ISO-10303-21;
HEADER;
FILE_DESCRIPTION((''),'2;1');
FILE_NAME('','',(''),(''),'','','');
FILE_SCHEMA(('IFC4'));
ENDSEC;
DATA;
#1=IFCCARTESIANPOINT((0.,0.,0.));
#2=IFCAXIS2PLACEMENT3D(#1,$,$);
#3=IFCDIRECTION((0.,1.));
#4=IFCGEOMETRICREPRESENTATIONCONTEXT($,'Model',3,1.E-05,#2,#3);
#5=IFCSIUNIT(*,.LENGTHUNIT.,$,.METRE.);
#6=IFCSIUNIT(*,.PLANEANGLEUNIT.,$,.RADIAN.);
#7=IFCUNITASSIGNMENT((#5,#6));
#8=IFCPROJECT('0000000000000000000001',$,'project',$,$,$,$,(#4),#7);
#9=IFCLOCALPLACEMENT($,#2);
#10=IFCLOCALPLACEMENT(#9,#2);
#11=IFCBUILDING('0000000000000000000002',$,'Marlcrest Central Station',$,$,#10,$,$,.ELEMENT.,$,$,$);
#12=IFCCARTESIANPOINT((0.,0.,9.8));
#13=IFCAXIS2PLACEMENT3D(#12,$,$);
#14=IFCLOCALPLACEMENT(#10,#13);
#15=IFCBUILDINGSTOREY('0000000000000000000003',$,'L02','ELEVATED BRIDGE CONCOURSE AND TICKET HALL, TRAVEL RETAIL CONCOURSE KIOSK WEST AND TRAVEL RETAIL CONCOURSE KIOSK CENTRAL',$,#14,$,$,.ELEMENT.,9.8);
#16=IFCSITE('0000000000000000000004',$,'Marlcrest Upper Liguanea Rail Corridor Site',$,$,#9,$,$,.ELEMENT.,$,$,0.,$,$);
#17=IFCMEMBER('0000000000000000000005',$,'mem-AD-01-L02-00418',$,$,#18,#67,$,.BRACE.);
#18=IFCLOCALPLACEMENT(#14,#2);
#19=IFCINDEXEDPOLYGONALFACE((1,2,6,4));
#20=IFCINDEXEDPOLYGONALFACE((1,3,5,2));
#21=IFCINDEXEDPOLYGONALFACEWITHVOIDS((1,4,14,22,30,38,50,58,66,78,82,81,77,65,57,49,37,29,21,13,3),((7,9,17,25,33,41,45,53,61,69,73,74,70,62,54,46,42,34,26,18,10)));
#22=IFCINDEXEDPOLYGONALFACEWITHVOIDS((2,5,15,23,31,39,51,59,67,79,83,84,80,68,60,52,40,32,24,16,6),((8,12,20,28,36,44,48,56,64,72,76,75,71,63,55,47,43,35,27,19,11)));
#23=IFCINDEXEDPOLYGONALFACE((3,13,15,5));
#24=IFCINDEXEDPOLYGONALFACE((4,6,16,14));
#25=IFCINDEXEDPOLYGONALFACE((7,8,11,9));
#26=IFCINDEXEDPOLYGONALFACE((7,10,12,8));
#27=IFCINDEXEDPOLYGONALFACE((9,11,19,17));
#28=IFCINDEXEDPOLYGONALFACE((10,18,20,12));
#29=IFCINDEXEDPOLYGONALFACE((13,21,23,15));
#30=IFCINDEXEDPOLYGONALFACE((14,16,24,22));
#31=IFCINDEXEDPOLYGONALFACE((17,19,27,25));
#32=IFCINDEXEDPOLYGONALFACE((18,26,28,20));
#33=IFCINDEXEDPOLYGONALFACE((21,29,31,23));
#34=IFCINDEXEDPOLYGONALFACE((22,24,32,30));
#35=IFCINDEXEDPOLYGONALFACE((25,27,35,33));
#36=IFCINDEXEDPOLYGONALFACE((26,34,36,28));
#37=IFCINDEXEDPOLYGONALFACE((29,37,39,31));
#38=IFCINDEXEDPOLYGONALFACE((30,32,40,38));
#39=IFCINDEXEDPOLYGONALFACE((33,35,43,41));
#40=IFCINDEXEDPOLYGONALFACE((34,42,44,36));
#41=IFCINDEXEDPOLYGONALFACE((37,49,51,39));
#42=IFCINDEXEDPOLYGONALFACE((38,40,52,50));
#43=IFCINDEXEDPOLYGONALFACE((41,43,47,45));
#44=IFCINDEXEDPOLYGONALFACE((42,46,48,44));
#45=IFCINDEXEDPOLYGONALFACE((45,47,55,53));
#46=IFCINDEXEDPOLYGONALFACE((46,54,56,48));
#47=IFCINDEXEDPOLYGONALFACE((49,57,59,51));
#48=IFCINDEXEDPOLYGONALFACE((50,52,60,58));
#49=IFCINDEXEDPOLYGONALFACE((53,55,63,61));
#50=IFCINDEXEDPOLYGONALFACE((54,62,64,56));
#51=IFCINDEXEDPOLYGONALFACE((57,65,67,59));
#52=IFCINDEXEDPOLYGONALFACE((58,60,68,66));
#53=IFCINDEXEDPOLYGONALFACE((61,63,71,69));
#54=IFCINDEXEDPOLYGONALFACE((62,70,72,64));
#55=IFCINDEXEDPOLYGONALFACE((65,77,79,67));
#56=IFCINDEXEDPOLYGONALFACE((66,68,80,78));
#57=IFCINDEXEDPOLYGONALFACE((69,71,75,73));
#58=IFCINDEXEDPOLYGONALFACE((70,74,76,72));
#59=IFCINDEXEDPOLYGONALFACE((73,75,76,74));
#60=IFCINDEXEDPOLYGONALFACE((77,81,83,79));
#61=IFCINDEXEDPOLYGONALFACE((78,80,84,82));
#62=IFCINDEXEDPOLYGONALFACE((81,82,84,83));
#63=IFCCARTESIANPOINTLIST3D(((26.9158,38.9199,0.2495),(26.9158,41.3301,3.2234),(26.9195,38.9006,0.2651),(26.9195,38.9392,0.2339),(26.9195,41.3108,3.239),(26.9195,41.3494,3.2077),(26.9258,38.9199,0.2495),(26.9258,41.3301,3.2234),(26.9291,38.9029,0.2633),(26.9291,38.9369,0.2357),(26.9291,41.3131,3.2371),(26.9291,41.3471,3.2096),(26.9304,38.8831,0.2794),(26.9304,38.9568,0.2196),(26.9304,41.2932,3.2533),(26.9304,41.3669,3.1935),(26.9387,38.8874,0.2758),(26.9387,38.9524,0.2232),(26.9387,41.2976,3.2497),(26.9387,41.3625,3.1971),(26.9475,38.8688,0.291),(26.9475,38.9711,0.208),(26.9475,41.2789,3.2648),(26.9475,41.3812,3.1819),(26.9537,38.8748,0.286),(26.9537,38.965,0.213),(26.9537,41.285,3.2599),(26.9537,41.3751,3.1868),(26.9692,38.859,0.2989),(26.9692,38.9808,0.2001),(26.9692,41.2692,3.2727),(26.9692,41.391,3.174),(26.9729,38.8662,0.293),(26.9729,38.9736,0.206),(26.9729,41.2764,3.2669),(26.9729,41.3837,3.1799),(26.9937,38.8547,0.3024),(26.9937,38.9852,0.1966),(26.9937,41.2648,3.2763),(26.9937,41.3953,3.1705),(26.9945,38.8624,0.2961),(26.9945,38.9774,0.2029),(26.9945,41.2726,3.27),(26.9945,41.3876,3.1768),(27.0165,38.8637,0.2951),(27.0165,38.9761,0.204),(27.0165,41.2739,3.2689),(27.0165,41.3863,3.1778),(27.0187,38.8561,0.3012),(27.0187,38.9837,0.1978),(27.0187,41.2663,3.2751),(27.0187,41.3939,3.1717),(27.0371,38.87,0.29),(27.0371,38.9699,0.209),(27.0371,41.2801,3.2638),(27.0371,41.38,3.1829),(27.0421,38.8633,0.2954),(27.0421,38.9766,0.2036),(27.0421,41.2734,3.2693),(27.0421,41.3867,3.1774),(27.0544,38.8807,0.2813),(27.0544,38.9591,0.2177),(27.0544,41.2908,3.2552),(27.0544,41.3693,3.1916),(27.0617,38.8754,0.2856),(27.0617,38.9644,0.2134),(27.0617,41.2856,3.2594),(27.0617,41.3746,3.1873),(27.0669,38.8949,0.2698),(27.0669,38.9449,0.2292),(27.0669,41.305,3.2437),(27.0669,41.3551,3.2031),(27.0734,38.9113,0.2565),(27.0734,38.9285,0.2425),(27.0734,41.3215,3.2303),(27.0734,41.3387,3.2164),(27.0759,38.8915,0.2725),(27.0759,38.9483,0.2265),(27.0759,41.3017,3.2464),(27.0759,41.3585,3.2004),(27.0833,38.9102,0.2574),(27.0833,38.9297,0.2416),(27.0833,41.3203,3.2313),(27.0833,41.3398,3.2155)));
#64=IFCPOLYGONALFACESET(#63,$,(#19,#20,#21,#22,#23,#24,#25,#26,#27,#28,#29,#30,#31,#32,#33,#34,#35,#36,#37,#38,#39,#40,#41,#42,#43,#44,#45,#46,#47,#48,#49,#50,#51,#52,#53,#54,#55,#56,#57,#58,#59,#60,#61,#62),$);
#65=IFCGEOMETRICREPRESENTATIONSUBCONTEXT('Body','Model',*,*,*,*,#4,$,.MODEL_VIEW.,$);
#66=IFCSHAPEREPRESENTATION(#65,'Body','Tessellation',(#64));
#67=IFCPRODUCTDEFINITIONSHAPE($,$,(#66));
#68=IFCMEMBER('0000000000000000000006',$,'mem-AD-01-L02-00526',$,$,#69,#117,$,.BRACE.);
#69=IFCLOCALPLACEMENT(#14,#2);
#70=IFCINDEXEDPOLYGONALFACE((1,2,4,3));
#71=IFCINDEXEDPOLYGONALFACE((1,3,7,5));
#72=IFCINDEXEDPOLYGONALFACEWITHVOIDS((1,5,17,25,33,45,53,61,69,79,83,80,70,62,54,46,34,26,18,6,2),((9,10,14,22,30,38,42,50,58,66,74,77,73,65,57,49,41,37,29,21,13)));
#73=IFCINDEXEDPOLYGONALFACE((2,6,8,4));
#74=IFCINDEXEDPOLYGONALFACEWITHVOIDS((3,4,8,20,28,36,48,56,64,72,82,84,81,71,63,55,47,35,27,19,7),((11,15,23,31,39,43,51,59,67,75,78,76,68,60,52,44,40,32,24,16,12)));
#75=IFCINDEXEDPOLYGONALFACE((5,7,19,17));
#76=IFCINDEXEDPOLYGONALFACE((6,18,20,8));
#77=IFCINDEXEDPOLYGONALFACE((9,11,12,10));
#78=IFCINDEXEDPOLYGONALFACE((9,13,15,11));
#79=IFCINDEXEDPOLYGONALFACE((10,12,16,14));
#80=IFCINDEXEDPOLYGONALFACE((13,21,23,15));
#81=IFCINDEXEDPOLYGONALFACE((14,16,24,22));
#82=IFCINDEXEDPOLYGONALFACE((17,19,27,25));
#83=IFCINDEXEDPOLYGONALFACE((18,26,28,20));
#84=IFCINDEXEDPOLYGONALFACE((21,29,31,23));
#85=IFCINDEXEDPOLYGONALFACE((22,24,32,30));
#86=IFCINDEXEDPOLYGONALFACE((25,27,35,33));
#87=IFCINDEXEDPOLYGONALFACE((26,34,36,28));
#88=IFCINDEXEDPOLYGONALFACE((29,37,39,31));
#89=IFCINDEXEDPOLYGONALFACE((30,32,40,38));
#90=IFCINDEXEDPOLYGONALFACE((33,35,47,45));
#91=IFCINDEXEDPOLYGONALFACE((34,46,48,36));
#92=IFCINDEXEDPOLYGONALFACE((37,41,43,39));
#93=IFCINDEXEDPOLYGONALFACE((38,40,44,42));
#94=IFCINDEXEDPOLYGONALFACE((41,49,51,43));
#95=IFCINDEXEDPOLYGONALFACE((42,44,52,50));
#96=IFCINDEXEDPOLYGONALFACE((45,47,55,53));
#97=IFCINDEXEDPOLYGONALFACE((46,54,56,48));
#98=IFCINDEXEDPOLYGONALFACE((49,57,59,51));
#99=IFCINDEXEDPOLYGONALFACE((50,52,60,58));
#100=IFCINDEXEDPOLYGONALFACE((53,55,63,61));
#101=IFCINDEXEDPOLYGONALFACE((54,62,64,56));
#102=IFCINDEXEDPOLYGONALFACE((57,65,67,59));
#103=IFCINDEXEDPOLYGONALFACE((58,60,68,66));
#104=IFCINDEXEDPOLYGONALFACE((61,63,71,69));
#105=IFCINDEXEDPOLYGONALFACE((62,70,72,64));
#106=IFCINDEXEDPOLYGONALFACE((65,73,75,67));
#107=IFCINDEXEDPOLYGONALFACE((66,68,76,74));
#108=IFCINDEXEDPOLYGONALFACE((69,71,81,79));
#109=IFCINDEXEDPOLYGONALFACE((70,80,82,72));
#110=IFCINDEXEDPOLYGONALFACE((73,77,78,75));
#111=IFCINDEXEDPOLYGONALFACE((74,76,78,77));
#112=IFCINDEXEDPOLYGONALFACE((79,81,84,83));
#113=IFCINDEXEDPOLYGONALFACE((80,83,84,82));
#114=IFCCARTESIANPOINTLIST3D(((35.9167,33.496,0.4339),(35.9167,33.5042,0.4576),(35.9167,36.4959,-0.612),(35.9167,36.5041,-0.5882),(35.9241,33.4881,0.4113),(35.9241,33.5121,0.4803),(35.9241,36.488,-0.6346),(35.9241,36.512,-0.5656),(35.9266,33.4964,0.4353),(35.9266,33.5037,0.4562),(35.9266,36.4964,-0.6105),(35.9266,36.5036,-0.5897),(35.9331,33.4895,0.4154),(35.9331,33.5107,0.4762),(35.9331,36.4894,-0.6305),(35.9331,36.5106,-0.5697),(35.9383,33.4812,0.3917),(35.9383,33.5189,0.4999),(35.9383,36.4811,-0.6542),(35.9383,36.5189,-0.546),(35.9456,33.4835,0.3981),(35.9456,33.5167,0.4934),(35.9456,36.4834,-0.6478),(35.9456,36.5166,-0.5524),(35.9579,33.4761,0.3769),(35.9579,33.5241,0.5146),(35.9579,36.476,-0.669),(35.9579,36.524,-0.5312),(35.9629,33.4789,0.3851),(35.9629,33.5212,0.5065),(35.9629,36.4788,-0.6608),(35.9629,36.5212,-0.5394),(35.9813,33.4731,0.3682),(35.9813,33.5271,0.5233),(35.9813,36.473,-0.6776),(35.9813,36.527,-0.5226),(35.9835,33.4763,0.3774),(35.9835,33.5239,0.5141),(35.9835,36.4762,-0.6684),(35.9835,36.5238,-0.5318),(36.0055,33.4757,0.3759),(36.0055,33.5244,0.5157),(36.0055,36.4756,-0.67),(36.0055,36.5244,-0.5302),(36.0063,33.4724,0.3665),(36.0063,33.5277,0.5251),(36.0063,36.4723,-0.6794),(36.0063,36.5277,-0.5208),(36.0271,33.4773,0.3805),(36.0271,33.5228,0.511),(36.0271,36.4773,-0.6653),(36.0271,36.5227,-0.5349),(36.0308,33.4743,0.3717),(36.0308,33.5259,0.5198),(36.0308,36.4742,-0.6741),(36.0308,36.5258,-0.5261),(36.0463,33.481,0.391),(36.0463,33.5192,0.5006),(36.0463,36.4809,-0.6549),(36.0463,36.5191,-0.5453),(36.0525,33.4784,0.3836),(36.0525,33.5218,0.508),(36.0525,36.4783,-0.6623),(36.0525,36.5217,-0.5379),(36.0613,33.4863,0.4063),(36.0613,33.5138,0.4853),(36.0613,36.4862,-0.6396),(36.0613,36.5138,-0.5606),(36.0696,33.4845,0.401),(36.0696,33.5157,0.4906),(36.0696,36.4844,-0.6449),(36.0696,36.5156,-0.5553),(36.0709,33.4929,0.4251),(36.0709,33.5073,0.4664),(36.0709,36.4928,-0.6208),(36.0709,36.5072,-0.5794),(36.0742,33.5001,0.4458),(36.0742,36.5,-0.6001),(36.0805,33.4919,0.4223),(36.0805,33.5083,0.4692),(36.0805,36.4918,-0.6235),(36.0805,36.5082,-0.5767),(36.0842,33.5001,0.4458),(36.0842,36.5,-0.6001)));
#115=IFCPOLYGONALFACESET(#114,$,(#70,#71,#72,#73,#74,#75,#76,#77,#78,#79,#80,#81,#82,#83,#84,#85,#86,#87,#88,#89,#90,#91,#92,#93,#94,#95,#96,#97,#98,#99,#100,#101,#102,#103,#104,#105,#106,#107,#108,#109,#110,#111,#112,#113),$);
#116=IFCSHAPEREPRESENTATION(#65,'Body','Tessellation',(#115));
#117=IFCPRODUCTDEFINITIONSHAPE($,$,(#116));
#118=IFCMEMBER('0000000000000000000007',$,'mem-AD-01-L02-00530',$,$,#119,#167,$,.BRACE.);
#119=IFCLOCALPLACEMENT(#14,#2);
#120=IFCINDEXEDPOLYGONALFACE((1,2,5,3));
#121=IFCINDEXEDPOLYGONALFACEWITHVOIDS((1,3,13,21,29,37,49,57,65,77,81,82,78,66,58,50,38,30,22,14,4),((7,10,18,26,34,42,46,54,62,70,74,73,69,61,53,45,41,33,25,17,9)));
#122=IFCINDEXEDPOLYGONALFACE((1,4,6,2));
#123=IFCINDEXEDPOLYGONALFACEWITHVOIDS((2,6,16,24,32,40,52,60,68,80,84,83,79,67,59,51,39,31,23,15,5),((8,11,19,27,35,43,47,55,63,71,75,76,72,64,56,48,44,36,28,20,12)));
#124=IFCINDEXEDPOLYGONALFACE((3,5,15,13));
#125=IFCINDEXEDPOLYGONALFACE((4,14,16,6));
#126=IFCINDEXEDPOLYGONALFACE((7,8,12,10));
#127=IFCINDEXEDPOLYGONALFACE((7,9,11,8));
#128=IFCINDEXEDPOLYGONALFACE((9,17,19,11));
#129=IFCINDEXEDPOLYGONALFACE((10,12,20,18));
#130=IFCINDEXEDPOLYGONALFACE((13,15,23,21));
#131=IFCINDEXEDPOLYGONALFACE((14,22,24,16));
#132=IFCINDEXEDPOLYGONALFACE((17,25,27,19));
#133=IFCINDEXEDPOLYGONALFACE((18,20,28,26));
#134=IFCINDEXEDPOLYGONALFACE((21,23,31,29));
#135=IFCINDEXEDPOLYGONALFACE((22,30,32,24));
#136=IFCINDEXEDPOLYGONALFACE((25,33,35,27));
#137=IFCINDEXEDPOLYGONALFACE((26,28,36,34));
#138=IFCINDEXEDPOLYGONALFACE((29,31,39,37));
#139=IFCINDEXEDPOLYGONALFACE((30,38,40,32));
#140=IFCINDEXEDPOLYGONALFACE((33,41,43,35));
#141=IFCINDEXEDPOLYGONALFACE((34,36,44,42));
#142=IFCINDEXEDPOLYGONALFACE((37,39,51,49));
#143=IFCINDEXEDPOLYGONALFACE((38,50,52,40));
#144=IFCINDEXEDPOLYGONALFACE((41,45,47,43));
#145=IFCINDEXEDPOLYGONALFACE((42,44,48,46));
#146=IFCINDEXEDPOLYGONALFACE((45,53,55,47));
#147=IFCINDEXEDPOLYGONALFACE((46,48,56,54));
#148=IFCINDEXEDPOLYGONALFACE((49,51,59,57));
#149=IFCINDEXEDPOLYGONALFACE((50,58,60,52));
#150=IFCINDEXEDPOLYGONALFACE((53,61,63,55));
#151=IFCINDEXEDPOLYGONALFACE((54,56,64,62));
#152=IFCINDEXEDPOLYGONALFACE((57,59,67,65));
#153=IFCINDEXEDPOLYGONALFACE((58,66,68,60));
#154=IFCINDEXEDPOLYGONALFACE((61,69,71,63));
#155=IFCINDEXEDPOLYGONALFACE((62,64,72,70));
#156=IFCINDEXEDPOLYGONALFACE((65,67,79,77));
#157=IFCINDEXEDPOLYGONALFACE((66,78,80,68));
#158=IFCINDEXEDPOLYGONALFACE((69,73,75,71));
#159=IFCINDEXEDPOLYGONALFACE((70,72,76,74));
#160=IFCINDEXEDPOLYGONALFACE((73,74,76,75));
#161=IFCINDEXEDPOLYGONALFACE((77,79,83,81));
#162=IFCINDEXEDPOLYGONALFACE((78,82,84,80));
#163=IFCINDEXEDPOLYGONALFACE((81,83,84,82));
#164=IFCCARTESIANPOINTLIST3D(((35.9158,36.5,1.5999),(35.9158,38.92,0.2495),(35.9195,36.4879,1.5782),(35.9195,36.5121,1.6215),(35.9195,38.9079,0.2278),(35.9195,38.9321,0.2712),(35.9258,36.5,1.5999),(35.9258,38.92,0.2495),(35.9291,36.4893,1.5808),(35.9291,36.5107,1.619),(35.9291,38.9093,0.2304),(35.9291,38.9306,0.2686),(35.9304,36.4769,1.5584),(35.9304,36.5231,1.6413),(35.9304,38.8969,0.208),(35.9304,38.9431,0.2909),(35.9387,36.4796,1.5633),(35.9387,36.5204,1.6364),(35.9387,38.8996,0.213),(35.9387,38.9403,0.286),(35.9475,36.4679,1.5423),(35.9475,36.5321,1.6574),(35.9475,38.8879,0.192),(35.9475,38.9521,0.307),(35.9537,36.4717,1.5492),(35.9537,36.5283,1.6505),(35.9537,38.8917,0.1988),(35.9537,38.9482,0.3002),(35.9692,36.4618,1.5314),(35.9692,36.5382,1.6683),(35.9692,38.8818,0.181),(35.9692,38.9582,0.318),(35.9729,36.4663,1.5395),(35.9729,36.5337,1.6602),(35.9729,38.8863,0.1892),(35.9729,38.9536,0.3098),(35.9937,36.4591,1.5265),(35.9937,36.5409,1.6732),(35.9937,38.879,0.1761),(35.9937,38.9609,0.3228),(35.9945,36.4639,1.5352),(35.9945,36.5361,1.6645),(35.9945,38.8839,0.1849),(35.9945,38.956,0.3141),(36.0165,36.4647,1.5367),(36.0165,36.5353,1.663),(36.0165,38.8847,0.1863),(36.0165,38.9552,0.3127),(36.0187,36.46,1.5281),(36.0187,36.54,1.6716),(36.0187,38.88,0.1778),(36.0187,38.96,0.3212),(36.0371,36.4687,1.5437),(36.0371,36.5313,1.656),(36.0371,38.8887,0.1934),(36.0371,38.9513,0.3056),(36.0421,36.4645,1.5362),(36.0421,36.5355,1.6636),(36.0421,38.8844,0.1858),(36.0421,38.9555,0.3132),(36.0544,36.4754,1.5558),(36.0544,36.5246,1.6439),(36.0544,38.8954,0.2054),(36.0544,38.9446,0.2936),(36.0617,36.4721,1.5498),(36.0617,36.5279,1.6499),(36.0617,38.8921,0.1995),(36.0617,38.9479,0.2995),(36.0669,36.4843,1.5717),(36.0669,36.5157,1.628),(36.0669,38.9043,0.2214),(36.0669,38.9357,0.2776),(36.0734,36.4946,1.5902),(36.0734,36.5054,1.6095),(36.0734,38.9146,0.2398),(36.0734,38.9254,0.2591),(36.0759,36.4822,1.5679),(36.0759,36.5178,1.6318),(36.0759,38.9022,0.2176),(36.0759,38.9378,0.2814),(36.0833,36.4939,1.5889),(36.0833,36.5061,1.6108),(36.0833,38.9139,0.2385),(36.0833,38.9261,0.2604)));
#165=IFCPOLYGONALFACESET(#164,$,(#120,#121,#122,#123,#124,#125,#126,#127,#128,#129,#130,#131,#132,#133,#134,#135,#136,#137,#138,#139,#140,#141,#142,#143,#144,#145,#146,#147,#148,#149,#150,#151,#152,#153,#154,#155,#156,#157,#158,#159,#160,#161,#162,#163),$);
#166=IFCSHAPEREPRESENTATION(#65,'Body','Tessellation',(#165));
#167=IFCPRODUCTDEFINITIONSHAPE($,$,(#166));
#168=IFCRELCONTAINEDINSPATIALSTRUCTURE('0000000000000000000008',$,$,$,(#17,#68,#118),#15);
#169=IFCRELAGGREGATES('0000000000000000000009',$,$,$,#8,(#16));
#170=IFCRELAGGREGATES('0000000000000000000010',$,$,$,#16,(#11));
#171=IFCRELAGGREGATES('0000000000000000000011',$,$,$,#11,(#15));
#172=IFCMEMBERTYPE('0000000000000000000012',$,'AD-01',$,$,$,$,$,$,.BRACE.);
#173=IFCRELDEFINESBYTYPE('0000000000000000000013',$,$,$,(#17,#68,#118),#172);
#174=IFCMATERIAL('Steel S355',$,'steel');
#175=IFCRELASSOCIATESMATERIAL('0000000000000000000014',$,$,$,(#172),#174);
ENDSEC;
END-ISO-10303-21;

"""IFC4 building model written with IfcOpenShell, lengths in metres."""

from ifc_helpers import new_model, si_unit, direction, frame, origin, origin_2d, place, context, subcontext, project, spatial, hollow_circle, extrude, material, material_profile, profile_set, type_object, element, save


model = new_model("IFC4")

# Units and contexts
model_context = context("Model", 3, precision=1e-05, world=origin(), true_north=direction((0.0, 1.0)))
body_context = subcontext(model_context, "Body", "Model", "MODEL_VIEW")
ifc_project = project(units=[si_unit("LENGTHUNIT", "METRE"), si_unit("PLANEANGLEUNIT", "RADIAN")], contexts=[model_context])

# Site, building, storey
site_placement = place(None, origin())
site = spatial("IfcSite", under=ifc_project, at=site_placement, Name="Marlcrest Upper Liguanea Rail Corridor Site", CompositionType="ELEMENT", RefElevation=0.0)
building_placement = place(site_placement, origin())
building = spatial("IfcBuilding", under=site, at=building_placement, Name="Marlcrest Central Station", CompositionType="ELEMENT")
storey_placement = place(building_placement, frame((0.0, 0.0, 9.8)))
storey = spatial("IfcBuildingStorey", under=building, at=storey_placement, Name="L02", Description="ELEVATED BRIDGE CONCOURSE AND TICKET HALL, TRAVEL RETAIL CONCOURSE KIOSK WEST AND TRAVEL RETAIL CONCOURSE KIOSK CENTRAL", CompositionType="ELEMENT", Elevation=9.8)

# Members
ifc_material_1 = material(Name="Steel S355", Category="steel")
ifc_material_profile_1 = material_profile(ifc_material_1, hollow_circle(Radius=0.0842, WallThickness=0.01, at=origin_2d()), Name="CHS 168.3x10")
ifc_profile_set_1 = profile_set([ifc_material_profile_1], Name="Steel S355")
member_type_1 = type_object("IfcMemberType", Name="AD-01", PredefinedType="BRACE", material=ifc_profile_set_1)
member_1_placement = place(storey_placement, frame((27.0, 38.9199, 0.2495), z_axis=(0.0, 0.629629, 0.776896), x_axis=(-1.0, 0.0, 0.0)))
element("IfcMember", 1, at=member_1_placement, inside=storey, type_object=member_type_1, Name="mem-AD-01-L02-00418", PredefinedType="BRACE", context=body_context, shape_type="SweptSolid", body=[
    extrude(hollow_circle(Radius=0.0842, WallThickness=0.01, at=origin_2d()), origin(), (0.0, 0.0, 1.0), 3.8279),
])
member_2_placement = place(storey_placement, frame((36.0, 36.5, -0.6001), z_axis=(0.0, -0.94426, 0.3292), x_axis=(1.0, 0.0, 0.0)))
element("IfcMember", 2, at=member_2_placement, inside=storey, type_object=member_type_1, Name="mem-AD-01-L02-00526", PredefinedType="BRACE", context=body_context, shape_type="SweptSolid", body=[
    extrude(hollow_circle(Radius=0.0842, WallThickness=0.01, at=origin_2d()), origin(), (0.0, 0.0, 1.0), 3.177),
])
member_3_placement = place(storey_placement, frame((36.0, 36.5, 1.5999), z_axis=(0.0, 0.873246, -0.48728), x_axis=(-1.0, 0.0, 0.0)))
element("IfcMember", 3, at=member_3_placement, inside=storey, type_object=member_type_1, Name="mem-AD-01-L02-00530", PredefinedType="BRACE", context=body_context, shape_type="SweptSolid", body=[
    extrude(hollow_circle(Radius=0.0842, WallThickness=0.01, at=origin_2d()), origin(), (0.0, 0.0, 1.0), 2.7712),
])

save(model, "model.ifc")
